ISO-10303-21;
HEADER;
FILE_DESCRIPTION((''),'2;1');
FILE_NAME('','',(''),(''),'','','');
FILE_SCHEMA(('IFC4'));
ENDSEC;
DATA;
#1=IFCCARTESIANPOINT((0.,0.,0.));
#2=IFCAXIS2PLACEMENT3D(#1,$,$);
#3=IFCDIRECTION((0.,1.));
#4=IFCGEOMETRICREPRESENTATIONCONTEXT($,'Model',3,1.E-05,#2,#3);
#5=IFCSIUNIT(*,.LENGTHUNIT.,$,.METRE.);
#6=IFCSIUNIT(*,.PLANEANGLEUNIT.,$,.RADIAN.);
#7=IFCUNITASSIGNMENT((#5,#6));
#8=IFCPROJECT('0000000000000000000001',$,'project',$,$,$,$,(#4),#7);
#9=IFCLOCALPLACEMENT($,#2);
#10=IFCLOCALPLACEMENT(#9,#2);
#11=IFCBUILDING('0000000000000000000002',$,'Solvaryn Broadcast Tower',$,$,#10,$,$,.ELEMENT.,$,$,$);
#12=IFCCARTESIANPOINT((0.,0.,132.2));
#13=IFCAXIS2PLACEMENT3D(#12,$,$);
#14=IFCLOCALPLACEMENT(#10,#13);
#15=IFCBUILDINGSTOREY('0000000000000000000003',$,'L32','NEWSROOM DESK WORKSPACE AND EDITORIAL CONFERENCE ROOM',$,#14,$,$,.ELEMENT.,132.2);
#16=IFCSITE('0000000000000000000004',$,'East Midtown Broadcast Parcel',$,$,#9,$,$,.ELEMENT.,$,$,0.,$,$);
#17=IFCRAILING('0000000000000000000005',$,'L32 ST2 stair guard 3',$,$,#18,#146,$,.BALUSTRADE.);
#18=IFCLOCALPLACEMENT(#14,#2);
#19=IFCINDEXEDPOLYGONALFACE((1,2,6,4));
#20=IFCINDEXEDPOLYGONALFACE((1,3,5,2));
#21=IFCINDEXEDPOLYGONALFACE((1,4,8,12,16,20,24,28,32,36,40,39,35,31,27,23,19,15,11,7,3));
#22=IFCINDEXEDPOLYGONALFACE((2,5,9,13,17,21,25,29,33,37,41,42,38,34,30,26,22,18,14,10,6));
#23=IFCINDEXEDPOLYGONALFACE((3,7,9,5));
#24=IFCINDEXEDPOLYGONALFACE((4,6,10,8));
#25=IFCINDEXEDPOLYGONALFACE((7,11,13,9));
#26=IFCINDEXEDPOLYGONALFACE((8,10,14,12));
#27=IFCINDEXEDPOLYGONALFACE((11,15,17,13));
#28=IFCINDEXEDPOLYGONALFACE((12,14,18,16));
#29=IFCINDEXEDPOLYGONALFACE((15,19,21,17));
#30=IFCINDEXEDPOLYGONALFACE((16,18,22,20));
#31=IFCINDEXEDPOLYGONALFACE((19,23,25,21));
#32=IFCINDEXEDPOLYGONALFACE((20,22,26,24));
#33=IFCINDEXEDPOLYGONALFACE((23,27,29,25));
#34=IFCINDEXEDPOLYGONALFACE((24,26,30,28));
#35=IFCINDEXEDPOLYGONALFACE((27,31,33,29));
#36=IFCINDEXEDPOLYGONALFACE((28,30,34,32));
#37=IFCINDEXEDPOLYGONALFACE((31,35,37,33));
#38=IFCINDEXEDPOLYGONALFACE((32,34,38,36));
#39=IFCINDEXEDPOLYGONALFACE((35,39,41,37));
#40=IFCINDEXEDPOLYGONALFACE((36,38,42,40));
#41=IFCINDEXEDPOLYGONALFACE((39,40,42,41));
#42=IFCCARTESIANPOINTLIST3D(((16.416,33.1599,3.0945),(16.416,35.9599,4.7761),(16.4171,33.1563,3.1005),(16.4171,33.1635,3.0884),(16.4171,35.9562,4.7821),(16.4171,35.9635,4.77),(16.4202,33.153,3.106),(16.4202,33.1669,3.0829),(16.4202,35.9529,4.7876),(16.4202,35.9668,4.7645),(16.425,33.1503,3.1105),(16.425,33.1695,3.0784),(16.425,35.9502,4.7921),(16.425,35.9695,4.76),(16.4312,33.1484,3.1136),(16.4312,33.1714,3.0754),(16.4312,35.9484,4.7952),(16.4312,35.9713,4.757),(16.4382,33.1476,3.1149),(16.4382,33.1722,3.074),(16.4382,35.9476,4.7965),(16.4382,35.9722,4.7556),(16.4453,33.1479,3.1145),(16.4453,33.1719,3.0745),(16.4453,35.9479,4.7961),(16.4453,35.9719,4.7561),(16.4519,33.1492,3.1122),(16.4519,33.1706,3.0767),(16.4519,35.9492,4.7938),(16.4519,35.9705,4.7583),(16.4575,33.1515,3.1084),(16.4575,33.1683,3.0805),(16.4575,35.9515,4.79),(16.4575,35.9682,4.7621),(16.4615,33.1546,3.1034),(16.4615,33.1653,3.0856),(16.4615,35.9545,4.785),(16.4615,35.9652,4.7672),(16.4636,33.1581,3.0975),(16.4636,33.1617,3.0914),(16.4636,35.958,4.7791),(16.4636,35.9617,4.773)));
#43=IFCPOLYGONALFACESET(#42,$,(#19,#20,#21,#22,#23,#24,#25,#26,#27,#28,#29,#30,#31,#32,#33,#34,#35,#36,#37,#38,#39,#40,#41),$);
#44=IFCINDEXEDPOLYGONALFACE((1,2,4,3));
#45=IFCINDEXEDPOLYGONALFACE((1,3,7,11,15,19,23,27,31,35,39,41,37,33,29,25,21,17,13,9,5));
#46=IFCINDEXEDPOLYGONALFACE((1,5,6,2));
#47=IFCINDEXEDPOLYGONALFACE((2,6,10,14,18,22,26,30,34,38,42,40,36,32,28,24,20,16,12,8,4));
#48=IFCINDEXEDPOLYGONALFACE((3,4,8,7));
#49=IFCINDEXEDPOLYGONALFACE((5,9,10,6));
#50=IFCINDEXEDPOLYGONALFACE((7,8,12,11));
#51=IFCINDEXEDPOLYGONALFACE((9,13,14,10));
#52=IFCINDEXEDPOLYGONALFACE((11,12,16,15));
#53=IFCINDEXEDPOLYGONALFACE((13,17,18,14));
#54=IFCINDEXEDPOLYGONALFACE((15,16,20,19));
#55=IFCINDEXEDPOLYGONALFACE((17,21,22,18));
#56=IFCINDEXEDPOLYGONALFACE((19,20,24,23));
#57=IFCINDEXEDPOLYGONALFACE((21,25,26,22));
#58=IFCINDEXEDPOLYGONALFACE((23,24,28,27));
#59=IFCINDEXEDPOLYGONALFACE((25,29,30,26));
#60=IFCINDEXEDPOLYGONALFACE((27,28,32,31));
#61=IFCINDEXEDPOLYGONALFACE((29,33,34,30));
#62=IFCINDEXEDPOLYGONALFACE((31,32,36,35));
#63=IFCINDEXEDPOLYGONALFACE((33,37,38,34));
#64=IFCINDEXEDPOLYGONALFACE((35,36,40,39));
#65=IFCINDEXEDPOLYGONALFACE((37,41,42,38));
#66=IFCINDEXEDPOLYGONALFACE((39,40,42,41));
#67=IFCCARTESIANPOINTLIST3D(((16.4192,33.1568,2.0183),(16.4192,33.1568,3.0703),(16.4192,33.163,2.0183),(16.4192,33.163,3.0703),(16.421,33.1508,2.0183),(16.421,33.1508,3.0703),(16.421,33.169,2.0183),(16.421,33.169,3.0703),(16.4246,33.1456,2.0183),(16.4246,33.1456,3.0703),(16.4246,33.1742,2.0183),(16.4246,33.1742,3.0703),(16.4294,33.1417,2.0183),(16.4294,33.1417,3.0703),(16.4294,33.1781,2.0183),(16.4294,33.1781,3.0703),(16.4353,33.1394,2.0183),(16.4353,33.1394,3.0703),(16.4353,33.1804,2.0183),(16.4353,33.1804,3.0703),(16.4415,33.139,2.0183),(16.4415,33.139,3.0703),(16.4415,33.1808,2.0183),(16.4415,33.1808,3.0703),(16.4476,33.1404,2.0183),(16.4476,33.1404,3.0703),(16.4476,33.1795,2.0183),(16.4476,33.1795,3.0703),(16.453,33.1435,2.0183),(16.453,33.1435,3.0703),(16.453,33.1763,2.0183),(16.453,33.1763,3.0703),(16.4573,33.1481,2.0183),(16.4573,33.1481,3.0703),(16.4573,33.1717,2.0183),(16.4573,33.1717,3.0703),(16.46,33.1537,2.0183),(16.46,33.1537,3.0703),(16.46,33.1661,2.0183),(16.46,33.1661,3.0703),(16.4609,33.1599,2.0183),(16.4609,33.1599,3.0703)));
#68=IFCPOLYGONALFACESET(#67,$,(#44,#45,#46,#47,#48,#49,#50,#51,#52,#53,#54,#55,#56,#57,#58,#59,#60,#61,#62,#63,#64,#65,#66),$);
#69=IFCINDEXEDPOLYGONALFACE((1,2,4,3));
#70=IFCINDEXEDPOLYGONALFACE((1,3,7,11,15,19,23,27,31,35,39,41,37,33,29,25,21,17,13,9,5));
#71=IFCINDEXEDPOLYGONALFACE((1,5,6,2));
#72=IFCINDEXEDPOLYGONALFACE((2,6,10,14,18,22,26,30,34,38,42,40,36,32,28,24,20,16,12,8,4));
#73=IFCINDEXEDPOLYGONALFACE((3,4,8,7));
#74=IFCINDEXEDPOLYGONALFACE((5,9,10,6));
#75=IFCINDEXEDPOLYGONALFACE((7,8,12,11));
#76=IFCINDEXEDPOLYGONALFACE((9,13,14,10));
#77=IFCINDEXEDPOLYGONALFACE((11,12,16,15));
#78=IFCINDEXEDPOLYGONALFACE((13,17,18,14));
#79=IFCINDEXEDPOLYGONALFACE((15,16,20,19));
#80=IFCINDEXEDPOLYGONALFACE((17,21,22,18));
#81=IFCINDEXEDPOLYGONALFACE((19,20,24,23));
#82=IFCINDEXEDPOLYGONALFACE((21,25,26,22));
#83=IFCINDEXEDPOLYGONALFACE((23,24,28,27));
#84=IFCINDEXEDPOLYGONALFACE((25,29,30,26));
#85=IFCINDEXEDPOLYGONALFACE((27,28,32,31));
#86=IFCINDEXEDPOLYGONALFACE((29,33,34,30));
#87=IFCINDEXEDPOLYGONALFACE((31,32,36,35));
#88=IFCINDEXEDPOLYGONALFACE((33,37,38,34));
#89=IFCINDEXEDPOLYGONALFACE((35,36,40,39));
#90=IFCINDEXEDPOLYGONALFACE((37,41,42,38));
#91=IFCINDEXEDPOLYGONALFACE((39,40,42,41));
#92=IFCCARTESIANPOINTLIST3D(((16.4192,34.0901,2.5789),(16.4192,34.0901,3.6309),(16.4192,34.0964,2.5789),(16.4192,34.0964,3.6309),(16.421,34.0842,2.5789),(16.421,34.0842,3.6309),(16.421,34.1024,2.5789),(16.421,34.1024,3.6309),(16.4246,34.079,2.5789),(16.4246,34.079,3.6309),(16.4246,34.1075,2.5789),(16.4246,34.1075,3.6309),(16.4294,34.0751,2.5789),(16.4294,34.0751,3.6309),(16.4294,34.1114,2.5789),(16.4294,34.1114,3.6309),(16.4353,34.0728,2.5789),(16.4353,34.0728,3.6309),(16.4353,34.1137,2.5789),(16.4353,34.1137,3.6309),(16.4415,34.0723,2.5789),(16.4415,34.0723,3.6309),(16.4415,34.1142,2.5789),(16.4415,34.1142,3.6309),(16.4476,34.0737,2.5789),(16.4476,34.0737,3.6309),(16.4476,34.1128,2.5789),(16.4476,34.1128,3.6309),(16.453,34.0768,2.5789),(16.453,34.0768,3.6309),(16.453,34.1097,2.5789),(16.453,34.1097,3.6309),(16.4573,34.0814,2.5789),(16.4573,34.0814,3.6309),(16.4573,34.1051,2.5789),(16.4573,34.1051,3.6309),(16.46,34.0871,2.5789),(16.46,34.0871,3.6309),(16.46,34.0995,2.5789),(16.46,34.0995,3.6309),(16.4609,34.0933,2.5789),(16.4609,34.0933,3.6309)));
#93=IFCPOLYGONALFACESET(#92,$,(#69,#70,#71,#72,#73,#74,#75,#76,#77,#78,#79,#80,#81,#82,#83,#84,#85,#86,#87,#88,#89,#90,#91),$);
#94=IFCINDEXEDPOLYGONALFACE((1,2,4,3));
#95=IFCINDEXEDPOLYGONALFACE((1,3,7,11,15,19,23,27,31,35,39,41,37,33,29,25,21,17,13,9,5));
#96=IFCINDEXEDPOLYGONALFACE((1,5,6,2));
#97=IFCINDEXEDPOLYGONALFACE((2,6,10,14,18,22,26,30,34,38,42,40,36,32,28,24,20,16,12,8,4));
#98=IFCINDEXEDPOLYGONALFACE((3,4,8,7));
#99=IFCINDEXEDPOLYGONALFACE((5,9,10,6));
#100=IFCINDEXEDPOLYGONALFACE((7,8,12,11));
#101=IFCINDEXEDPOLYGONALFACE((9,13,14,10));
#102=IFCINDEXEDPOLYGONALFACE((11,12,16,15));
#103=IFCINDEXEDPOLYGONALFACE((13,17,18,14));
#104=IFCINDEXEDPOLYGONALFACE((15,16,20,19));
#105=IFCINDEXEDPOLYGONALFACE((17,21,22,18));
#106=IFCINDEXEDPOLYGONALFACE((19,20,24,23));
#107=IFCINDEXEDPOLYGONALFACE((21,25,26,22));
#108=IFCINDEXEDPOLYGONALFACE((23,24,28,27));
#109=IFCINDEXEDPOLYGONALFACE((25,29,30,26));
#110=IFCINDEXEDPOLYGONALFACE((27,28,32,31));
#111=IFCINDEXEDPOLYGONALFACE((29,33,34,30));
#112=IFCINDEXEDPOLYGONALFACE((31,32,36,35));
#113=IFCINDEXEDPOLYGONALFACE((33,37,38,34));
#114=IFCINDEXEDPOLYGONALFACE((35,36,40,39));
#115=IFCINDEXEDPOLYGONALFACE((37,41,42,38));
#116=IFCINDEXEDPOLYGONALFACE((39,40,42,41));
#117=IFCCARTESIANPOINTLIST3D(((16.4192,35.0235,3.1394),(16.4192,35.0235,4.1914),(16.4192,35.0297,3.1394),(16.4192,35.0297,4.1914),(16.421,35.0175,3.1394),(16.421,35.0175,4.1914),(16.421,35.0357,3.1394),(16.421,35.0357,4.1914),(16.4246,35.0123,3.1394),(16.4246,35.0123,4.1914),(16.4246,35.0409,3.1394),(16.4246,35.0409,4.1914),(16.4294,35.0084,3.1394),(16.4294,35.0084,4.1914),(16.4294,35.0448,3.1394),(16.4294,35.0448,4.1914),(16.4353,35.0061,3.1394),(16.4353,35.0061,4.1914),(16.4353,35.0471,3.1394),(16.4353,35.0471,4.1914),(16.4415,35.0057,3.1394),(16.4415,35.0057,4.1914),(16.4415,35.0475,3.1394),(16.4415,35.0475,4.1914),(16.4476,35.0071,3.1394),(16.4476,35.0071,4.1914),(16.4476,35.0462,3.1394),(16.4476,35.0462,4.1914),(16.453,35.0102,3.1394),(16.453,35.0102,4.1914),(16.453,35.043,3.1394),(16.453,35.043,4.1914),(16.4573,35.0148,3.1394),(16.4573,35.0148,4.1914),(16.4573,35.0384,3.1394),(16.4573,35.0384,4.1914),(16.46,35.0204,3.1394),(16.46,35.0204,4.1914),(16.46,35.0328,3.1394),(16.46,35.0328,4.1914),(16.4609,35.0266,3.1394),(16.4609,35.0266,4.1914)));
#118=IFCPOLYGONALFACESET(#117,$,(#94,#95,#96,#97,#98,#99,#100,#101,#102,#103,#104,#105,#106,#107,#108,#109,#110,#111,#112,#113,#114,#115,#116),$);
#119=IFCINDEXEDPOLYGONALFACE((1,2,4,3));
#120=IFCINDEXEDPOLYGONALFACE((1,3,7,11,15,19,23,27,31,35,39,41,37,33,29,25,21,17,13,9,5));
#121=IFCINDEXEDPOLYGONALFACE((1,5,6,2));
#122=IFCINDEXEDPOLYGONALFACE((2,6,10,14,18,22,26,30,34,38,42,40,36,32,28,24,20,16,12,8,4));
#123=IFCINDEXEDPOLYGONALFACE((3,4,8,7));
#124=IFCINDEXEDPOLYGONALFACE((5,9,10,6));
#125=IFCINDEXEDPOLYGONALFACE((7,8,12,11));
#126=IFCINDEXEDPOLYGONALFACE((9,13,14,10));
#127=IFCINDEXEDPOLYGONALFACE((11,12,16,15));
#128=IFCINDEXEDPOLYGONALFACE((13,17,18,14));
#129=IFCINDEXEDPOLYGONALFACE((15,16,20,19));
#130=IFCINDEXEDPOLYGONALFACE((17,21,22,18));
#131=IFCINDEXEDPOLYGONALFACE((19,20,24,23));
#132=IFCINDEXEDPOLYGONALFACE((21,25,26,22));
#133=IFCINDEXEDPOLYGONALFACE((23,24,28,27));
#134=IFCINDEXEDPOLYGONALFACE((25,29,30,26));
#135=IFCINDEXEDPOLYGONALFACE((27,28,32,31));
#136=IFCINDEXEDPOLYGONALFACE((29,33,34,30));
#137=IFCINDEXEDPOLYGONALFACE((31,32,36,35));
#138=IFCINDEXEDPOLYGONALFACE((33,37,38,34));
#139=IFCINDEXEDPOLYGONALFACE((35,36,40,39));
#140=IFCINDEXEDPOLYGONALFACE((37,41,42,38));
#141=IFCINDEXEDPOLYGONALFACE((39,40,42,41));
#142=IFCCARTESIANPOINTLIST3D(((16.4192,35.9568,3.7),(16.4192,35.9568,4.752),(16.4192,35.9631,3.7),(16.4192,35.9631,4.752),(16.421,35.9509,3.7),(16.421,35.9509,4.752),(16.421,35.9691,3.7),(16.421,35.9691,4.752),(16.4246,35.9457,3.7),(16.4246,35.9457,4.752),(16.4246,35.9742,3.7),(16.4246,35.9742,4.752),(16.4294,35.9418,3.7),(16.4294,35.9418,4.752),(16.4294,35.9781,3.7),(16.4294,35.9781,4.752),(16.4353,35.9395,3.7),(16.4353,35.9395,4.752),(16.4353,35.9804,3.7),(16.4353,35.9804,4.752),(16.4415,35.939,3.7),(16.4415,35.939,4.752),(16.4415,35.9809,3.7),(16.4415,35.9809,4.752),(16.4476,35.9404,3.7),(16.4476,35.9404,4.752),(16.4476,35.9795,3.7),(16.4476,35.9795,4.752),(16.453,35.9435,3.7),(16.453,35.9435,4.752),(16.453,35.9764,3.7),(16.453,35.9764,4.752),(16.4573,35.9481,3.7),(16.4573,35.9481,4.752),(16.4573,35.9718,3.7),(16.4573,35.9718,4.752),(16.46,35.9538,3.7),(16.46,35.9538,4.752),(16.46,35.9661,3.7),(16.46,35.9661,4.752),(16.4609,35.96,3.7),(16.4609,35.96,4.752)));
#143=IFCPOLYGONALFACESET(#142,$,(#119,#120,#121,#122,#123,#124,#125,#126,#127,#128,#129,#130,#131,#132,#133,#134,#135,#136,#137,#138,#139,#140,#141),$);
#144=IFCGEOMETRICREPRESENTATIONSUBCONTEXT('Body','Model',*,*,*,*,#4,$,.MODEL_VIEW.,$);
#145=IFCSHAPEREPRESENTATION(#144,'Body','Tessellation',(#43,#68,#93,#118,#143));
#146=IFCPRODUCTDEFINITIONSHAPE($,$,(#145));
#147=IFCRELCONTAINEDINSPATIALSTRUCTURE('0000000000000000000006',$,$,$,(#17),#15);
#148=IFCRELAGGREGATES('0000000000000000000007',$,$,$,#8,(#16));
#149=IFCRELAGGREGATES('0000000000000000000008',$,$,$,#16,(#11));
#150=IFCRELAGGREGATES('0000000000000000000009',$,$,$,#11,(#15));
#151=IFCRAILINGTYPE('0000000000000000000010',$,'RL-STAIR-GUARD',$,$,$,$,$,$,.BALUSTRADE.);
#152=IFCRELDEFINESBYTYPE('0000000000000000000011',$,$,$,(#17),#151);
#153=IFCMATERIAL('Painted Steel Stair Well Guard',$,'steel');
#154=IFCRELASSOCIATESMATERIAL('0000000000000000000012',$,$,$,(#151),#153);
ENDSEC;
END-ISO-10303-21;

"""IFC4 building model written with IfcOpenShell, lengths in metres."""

from ifc_helpers import new_model, si_unit, direction, frame, origin, origin_2d, place, context, subcontext, project, spatial, circle, extrude, material, type_object, element, save


model = new_model("IFC4")

# Units and contexts
model_context = context("Model", 3, precision=1e-05, world=origin(), true_north=direction((0.0, 1.0)))
body_context = subcontext(model_context, "Body", "Model", "MODEL_VIEW")
ifc_project = project(units=[si_unit("LENGTHUNIT", "METRE"), si_unit("PLANEANGLEUNIT", "RADIAN")], contexts=[model_context])

# Site, building, storey
site_placement = place(None, origin())
site = spatial("IfcSite", under=ifc_project, at=site_placement, Name="East Midtown Broadcast Parcel", CompositionType="ELEMENT", RefElevation=0.0)
building_placement = place(site_placement, origin())
building = spatial("IfcBuilding", under=site, at=building_placement, Name="Solvaryn Broadcast Tower", CompositionType="ELEMENT")
storey_placement = place(building_placement, frame((0.0, 0.0, 132.2)))
storey = spatial("IfcBuildingStorey", under=building, at=storey_placement, Name="L32", Description="NEWSROOM DESK WORKSPACE AND EDITORIAL CONFERENCE ROOM", CompositionType="ELEMENT", Elevation=132.2)

# Railing
ifc_material_1 = material(Name="Painted Steel Stair Well Guard", Category="steel")
railing_type_1 = type_object("IfcRailingType", Name="RL-STAIR-GUARD", PredefinedType="BALUSTRADE", material=ifc_material_1)
railing_1_placement = place(storey_placement, frame((16.4399, 33.1599, 2.0183)))
element("IfcRailing", 1, at=railing_1_placement, inside=storey, type_object=railing_type_1, Name="L32 ST2 stair guard 3", PredefinedType="BALUSTRADE", context=body_context, shape_type="SweptSolid", body=[
    extrude(circle(Radius=0.0239, at=origin_2d()), frame((0.0, 0.0, 1.0762), z_axis=(0.0, 0.857275, 0.514858), x_axis=(-1.0, 0.0, 0.0)), (0.0, 0.0, 1.0), 3.2661),
    extrude(circle(Radius=0.021, at=origin_2d()), origin(), (0.0, 0.0, 1.0), 1.052),
    extrude(circle(Radius=0.021, at=origin_2d()), frame((0.0, 0.9333, 0.5605)), (0.0, 0.0, 1.0), 1.052),
    extrude(circle(Radius=0.021, at=origin_2d()), frame((0.0, 1.8667, 1.1211)), (0.0, 0.0, 1.0), 1.052),
    extrude(circle(Radius=0.021, at=origin_2d()), frame((0.0, 2.8, 1.6816)), (0.0, 0.0, 1.0), 1.052),
])

save(model, "model.ifc")
